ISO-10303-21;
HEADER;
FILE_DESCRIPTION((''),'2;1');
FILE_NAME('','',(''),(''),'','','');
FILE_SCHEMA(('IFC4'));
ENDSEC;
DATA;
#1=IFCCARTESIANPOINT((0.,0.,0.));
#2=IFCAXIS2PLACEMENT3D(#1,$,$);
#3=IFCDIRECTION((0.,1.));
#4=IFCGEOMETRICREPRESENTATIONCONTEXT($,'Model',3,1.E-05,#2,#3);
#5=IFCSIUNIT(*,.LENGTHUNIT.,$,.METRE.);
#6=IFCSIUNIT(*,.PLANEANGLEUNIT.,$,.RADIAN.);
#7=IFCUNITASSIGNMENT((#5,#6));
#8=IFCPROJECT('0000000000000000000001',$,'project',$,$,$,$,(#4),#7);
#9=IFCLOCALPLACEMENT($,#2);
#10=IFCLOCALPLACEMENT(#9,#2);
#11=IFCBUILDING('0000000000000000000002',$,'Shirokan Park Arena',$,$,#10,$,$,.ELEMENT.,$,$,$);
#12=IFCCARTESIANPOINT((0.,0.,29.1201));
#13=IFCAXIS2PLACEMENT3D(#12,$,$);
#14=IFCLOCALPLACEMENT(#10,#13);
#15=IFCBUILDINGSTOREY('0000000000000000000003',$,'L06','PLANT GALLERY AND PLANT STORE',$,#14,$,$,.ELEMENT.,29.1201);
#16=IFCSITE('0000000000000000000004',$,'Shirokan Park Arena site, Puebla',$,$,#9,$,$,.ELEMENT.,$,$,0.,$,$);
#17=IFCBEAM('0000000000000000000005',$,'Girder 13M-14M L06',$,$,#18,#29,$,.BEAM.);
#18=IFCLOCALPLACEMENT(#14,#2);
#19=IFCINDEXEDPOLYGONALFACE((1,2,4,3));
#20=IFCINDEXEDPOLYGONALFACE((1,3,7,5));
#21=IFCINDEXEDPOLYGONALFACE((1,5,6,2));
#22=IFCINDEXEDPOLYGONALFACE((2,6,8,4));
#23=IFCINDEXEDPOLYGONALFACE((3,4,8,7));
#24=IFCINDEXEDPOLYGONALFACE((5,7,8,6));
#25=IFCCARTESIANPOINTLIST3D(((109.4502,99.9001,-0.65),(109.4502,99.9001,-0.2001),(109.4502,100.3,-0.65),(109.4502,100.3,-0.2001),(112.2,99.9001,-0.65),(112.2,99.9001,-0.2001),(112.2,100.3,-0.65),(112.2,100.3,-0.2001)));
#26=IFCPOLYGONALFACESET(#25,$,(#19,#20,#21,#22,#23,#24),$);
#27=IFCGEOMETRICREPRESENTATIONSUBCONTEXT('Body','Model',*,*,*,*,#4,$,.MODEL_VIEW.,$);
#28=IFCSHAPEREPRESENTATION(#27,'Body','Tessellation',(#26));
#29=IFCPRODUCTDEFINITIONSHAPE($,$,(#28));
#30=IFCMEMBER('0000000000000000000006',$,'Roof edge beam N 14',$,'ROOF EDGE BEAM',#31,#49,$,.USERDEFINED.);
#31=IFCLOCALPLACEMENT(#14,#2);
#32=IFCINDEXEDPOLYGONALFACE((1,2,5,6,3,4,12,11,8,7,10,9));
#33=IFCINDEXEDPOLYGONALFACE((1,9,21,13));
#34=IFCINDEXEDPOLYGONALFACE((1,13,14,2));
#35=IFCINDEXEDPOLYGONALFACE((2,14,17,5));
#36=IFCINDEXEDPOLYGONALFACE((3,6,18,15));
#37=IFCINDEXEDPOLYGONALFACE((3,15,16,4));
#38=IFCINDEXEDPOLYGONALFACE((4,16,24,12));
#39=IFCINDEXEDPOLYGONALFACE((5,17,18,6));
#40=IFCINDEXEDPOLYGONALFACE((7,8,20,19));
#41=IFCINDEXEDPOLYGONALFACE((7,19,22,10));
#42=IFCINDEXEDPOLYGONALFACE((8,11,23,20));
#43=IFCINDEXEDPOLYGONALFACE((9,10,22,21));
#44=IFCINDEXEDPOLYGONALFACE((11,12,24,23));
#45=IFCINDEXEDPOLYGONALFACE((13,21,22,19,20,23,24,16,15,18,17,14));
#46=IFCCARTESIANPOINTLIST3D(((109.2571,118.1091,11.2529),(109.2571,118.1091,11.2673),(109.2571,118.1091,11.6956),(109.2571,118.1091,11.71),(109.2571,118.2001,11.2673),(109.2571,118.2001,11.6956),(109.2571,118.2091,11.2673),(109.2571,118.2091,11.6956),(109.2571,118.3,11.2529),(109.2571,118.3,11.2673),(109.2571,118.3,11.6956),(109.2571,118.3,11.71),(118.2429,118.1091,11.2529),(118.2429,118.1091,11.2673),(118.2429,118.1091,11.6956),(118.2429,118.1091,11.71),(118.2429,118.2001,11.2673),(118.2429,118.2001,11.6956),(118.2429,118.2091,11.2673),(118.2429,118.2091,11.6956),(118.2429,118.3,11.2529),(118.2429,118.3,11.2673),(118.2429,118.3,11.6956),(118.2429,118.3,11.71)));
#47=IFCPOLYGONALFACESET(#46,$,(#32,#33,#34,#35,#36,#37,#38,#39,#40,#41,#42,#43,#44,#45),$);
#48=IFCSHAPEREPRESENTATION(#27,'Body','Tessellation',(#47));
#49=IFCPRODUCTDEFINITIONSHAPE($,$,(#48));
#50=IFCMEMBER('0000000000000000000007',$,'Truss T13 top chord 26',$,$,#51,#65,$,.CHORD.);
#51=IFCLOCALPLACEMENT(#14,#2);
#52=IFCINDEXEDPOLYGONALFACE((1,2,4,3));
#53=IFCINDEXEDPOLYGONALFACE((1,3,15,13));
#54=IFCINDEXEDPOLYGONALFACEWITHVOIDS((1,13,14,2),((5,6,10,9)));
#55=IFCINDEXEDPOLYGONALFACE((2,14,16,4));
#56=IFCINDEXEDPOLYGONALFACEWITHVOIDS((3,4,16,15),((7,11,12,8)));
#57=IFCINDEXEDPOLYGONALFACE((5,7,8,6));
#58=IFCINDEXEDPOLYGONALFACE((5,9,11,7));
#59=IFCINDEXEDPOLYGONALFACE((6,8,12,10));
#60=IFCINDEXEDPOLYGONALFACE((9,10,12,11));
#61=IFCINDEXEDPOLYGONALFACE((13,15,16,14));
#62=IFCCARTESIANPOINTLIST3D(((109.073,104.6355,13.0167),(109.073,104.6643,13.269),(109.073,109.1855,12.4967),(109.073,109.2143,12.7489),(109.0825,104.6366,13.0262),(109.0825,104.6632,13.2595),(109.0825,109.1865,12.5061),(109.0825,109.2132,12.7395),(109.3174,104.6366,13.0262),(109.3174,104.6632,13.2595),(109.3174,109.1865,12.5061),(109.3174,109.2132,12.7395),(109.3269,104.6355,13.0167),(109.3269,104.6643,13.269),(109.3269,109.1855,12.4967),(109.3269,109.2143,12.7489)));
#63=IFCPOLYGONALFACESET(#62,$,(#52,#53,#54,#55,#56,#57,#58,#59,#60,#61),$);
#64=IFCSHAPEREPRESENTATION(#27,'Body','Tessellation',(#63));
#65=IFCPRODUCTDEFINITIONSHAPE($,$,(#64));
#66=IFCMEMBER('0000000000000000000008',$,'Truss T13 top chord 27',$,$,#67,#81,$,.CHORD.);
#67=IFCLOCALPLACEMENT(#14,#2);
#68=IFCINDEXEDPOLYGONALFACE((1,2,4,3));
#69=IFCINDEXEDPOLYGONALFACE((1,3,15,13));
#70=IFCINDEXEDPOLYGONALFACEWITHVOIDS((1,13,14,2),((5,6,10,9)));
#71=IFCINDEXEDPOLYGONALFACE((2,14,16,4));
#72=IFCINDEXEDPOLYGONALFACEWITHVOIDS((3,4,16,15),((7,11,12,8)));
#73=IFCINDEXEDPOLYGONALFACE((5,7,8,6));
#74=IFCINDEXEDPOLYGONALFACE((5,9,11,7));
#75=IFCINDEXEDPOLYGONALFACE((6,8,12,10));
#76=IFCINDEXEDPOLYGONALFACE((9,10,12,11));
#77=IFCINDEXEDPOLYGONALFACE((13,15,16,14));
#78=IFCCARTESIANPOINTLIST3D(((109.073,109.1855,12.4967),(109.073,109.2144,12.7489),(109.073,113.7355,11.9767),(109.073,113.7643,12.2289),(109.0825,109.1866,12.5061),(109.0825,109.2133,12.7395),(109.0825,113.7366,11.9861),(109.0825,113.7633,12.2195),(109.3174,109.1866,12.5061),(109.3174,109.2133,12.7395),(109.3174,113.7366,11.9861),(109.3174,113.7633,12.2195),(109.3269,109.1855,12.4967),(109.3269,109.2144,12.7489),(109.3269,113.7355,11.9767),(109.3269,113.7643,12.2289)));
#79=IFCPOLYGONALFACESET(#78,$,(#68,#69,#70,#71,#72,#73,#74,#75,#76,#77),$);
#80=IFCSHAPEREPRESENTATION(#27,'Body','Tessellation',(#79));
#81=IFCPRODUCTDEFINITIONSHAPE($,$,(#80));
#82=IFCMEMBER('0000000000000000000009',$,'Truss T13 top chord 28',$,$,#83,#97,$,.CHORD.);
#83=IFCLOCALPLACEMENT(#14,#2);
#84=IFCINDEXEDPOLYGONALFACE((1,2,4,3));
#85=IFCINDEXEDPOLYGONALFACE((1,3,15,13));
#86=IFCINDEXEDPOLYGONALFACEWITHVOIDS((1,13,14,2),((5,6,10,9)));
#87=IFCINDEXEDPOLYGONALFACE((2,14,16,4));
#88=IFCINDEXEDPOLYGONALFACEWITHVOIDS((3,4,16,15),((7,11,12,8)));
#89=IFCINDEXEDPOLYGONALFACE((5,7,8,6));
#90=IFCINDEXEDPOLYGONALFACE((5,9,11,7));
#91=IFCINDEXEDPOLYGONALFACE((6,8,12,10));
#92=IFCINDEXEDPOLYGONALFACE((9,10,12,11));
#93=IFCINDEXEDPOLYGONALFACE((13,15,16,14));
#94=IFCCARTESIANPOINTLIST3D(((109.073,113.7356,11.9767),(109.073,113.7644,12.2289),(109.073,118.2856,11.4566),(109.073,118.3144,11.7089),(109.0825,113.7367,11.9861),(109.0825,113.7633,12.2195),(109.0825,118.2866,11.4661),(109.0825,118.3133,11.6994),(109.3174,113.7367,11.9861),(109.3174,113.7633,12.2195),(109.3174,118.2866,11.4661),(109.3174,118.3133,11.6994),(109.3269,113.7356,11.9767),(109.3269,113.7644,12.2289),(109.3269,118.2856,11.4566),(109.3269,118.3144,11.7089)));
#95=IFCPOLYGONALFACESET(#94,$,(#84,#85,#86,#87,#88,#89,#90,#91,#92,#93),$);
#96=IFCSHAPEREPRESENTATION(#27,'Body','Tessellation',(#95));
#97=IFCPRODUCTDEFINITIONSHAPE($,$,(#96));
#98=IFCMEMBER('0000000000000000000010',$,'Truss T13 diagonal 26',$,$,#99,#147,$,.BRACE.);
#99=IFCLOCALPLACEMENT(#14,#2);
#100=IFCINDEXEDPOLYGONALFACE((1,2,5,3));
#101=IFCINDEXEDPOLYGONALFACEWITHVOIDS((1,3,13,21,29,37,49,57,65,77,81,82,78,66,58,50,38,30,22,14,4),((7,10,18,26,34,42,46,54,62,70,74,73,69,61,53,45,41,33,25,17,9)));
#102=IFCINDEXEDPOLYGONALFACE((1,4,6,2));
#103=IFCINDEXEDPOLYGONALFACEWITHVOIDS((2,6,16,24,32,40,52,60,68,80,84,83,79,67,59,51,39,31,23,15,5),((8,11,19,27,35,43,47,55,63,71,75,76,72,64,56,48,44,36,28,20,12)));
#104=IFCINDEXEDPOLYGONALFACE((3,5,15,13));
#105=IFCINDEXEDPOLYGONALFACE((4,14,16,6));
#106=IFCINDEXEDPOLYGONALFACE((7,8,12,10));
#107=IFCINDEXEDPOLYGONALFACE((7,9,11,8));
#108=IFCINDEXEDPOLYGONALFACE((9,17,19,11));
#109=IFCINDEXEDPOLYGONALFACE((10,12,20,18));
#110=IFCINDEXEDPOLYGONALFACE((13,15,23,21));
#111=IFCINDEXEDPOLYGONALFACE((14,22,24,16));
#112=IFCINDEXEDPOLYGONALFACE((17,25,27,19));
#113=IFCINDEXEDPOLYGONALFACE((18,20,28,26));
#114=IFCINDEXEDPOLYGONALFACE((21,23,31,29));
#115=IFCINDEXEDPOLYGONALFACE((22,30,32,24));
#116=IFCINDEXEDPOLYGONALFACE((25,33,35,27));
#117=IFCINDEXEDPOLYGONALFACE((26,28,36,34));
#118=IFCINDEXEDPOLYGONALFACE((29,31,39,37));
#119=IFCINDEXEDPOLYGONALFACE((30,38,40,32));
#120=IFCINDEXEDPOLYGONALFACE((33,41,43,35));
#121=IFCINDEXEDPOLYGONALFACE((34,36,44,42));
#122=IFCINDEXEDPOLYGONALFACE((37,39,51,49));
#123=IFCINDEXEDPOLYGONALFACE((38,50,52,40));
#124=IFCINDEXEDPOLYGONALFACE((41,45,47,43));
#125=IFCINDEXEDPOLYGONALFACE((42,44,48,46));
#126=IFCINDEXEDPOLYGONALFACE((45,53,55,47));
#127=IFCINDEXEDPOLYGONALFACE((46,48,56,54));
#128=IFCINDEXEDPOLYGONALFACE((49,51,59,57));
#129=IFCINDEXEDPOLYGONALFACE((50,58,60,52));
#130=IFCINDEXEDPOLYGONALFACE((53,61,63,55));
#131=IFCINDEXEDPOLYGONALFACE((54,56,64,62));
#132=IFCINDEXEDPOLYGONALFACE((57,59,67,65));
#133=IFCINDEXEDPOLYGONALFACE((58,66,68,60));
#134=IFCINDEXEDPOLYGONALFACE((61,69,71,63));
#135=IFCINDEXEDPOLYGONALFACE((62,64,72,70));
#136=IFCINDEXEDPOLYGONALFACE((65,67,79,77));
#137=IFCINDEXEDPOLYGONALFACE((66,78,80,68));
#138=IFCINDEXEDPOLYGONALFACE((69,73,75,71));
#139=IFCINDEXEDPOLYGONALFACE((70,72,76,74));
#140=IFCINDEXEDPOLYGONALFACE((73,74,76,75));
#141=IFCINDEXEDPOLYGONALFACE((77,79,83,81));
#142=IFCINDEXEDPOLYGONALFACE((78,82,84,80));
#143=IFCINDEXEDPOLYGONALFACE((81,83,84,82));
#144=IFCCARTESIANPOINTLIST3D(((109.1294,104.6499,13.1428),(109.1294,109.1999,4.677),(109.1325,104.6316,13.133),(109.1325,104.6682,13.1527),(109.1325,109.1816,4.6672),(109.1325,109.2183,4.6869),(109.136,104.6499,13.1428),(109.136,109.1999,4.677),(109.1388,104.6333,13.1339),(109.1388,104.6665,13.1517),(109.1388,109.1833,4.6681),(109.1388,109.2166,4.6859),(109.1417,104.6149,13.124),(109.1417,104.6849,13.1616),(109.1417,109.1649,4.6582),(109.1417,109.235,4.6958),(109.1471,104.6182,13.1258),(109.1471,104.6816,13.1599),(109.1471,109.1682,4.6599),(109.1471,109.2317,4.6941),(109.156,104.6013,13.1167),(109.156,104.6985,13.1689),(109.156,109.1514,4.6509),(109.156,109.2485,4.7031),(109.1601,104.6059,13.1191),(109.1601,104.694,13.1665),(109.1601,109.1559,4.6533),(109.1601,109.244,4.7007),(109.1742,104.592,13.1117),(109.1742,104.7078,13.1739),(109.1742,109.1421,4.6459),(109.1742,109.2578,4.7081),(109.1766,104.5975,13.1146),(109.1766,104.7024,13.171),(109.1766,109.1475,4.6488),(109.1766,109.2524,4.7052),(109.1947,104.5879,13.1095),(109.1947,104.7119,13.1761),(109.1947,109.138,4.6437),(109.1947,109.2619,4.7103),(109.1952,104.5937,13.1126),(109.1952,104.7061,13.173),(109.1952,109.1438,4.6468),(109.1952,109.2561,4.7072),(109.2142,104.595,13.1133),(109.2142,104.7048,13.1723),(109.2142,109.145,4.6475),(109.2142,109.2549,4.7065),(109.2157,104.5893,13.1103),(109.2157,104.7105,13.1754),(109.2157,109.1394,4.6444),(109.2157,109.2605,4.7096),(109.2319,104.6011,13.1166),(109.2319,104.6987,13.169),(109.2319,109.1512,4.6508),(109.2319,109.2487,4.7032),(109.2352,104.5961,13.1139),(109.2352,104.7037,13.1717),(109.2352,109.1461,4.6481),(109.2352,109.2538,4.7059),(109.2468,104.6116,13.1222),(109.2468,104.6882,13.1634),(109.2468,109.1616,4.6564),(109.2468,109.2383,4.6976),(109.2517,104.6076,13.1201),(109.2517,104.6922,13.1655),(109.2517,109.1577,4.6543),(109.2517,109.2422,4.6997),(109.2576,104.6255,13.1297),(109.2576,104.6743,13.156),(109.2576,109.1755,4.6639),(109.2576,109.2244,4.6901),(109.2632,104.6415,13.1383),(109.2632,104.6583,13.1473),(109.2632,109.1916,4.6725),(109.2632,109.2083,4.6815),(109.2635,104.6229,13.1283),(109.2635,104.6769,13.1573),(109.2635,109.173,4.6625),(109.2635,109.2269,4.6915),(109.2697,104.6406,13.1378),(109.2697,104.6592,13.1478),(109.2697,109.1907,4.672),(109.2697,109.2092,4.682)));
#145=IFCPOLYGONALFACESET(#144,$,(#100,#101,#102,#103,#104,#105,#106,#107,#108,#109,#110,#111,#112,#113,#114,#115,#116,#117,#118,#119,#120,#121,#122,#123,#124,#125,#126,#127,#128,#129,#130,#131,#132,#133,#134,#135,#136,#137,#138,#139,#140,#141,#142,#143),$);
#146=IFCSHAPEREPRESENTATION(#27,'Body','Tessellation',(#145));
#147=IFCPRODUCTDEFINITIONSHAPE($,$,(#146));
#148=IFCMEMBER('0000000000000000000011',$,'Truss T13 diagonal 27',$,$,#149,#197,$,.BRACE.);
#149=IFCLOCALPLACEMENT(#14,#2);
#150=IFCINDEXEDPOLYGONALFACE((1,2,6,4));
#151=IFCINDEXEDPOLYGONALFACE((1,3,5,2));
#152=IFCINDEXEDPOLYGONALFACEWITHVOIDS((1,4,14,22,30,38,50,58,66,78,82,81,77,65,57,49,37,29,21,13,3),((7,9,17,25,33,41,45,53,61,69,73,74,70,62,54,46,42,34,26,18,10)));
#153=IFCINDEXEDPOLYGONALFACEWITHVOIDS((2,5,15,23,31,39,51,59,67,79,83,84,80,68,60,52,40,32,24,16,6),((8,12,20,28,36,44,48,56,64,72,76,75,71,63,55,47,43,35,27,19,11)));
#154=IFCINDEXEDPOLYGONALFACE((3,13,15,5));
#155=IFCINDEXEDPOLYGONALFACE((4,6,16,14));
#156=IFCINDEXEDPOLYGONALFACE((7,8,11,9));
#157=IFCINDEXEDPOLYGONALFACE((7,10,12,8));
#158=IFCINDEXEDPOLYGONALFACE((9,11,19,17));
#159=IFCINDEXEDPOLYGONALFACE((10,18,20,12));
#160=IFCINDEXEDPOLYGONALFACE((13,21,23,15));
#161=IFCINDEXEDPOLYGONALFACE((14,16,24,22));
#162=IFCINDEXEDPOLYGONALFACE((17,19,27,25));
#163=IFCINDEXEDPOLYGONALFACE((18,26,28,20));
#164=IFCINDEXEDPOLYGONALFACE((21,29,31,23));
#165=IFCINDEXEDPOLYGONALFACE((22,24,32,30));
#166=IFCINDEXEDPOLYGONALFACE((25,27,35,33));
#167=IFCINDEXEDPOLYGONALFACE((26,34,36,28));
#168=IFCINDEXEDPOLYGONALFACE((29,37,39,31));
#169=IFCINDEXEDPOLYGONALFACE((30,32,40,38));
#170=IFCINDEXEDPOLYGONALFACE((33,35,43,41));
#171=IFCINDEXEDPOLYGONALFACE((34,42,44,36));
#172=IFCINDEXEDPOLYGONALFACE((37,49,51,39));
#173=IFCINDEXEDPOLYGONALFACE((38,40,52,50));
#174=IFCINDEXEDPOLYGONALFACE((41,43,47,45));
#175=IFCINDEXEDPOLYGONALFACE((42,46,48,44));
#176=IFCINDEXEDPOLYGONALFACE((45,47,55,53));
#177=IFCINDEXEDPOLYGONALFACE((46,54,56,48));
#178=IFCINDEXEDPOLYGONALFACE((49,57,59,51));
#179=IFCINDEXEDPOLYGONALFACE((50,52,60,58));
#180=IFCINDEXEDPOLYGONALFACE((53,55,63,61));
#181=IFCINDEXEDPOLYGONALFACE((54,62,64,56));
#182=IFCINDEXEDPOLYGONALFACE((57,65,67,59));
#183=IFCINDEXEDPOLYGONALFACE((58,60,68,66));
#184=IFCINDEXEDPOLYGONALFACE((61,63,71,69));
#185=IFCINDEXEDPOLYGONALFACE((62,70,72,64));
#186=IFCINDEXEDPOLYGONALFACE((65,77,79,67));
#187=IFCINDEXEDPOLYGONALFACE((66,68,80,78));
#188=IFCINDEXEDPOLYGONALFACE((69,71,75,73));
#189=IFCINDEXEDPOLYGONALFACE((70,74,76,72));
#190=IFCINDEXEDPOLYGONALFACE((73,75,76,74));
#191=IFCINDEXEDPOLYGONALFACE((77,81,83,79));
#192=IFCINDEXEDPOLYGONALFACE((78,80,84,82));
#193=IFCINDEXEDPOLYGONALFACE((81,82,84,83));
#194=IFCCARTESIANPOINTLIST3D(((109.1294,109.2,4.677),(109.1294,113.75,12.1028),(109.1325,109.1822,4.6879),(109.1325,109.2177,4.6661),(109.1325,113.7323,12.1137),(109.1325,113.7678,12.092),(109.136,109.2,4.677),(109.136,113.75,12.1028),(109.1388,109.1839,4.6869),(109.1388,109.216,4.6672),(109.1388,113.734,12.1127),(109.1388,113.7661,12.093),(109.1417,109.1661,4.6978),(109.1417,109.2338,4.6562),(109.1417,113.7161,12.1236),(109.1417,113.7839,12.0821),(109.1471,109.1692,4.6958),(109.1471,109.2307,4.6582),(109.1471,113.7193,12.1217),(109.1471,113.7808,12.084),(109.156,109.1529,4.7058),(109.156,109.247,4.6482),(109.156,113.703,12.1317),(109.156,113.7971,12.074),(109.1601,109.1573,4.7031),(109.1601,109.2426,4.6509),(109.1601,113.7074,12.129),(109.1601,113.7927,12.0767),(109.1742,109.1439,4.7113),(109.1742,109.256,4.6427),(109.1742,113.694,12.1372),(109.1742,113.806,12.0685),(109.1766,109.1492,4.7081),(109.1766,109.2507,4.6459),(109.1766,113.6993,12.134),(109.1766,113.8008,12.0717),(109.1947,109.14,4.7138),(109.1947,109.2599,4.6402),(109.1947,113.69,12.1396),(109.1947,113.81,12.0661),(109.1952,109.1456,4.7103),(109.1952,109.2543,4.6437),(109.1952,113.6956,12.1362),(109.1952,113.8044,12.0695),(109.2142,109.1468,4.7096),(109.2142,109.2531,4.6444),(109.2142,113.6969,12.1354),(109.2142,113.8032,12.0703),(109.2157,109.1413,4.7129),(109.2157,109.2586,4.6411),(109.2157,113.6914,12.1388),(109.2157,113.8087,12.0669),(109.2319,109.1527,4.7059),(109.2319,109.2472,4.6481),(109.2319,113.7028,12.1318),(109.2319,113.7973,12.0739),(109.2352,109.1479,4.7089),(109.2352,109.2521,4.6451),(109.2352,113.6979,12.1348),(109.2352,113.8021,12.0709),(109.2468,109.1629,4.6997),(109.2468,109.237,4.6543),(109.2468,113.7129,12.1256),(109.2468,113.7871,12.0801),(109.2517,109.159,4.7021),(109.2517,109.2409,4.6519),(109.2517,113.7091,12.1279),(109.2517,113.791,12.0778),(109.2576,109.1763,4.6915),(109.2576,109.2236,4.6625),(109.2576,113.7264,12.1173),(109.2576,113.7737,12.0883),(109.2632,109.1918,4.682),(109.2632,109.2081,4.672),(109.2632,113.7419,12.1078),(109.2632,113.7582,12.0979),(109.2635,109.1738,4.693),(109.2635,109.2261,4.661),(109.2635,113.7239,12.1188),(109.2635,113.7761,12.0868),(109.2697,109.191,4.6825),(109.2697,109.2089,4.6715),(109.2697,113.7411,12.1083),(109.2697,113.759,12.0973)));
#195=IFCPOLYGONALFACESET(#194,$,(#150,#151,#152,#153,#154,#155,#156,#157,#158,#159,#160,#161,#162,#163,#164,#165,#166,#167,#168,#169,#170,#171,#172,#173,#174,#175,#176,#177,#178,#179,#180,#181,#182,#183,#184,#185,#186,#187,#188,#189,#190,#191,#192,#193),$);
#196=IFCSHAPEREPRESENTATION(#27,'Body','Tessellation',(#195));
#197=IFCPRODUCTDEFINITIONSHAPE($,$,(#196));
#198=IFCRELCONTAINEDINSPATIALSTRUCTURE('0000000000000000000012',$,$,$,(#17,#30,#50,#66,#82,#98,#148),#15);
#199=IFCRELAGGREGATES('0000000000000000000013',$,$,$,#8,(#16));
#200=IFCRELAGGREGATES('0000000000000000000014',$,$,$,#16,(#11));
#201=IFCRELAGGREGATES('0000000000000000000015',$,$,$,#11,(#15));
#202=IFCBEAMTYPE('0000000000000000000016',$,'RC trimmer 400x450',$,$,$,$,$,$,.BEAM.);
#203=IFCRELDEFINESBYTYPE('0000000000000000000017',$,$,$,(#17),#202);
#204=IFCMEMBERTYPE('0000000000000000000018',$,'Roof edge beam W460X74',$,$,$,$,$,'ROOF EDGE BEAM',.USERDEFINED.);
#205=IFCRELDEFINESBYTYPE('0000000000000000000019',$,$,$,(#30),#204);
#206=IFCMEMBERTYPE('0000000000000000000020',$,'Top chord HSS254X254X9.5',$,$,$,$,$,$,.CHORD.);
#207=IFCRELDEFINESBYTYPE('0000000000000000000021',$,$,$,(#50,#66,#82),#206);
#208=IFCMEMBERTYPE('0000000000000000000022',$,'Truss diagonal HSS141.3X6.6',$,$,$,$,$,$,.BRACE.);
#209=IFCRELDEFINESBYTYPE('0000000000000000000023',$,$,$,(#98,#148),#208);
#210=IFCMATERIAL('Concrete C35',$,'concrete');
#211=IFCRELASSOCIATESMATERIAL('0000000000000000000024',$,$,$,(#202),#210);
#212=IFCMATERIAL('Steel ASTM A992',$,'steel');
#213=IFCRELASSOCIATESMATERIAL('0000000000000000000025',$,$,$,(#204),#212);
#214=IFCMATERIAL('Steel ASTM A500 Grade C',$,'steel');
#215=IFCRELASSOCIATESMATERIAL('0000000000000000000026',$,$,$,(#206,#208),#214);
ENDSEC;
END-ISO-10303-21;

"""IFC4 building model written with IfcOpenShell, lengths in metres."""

from ifc_helpers import new_model, si_unit, direction, frame, origin, origin_2d, place, context, subcontext, project, spatial, rectangle, hollow_rectangle, hollow_circle, i_section, extrude, material, material_profile, profile_set, type_object, element, save


model = new_model("IFC4")

# Units and contexts
model_context = context("Model", 3, precision=1e-05, world=origin(), true_north=direction((0.0, 1.0)))
body_context = subcontext(model_context, "Body", "Model", "MODEL_VIEW")
ifc_project = project(units=[si_unit("LENGTHUNIT", "METRE"), si_unit("PLANEANGLEUNIT", "RADIAN")], contexts=[model_context])

# Site, building, storey
site_placement = place(None, origin())
site = spatial("IfcSite", under=ifc_project, at=site_placement, Name="Shirokan Park Arena site, Puebla", CompositionType="ELEMENT", RefElevation=0.0)
building_placement = place(site_placement, origin())
building = spatial("IfcBuilding", under=site, at=building_placement, Name="Shirokan Park Arena", CompositionType="ELEMENT")
storey_placement = place(building_placement, frame((0.0, 0.0, 29.1201)))
storey = spatial("IfcBuildingStorey", under=building, at=storey_placement, Name="L06", Description="PLANT GALLERY AND PLANT STORE", CompositionType="ELEMENT", Elevation=29.1201)

# Shared definitions
ifc_material_1 = material(Name="Concrete C35", Category="concrete")

# Shared definitions
ifc_material_2 = material(Name="Steel ASTM A500 Grade C", Category="steel")
ifc_material_3 = material(Name="Steel ASTM A992", Category="steel")

# Beam
ifc_material_profile_1 = material_profile(ifc_material_1, rectangle(XDim=0.3999, YDim=0.45, at=origin_2d()), Name="400x450")
ifc_profile_set_1 = profile_set([ifc_material_profile_1], Name="Concrete C35")
beam_type_1 = type_object("IfcBeamType", Name="RC trimmer 400x450", PredefinedType="BEAM", material=ifc_profile_set_1)
beam_1_placement = place(storey_placement, frame((109.4502, 100.1001, -0.425), z_axis=(1.0, 0.0, 0.0), x_axis=(0.0, 1.0, 0.0)))
element("IfcBeam", 1, at=beam_1_placement, inside=storey, type_object=beam_type_1, Name="Girder 13M-14M L06", PredefinedType="BEAM", context=body_context, shape_type="SweptSolid", body=[
    extrude(rectangle(XDim=0.3999, YDim=0.45, at=origin_2d()), origin(), (0.0, 0.0, 1.0), 2.7498),
])

# Members
ifc_material_profile_2 = material_profile(ifc_material_3, i_section(OverallWidth=0.1909, OverallDepth=0.457, WebThickness=0.009, FlangeThickness=0.0144, at=origin_2d()), Name="W460X74")
ifc_profile_set_2 = profile_set([ifc_material_profile_2], Name="Steel ASTM A992")
member_type_1 = type_object("IfcMemberType", Name="Roof edge beam W460X74", ElementType="ROOF EDGE BEAM", PredefinedType="USERDEFINED", material=ifc_profile_set_2)
member_1_placement = place(storey_placement, frame((109.2571, 118.2046, 11.4814), z_axis=(1.0, 0.0, 0.0), x_axis=(0.0, 1.0, 0.0)))
element("IfcMember", 2, at=member_1_placement, inside=storey, type_object=member_type_1, Name="Roof edge beam N 14", ObjectType="ROOF EDGE BEAM", PredefinedType="USERDEFINED", context=body_context, shape_type="SweptSolid", body=[
    extrude(i_section(OverallWidth=0.1909, OverallDepth=0.457, WebThickness=0.009, FlangeThickness=0.0144, at=origin_2d()), origin(), (0.0, 0.0, 1.0), 8.9858),
])
ifc_material_profile_3 = material_profile(ifc_material_2, hollow_rectangle(XDim=0.2539, YDim=0.2539, WallThickness=0.0095, at=origin_2d()), Name="HSS254X254X9.5")
ifc_profile_set_3 = profile_set([ifc_material_profile_3], Name="Steel ASTM A500 Grade C")
member_type_2 = type_object("IfcMemberType", Name="Top chord HSS254X254X9.5", PredefinedType="CHORD", material=ifc_profile_set_3)
for number, where, z_axis, x_axis, name in (
    (3, (109.2, 104.6499, 13.1428), (0.0, 0.993532, -0.11355), (-1.0, 0.0, 0.0), "Truss T13 top chord 26"),
    (4, (109.2, 109.2, 12.6228), (0.0, 0.993532, -0.11355), (-1.0, 0.0, 0.0), "Truss T13 top chord 27"),
    (5, (109.2, 113.75, 12.1028), (0.0, 0.993532, -0.11355), (-1.0, 0.0, 0.0), "Truss T13 top chord 28"),
):
    element("IfcMember", number, at=place(storey_placement, frame(where, z_axis=z_axis, x_axis=x_axis)), inside=storey, type_object=member_type_2, Name=name, PredefinedType="CHORD", context=body_context, shape_type="SweptSolid", body=[
        extrude(hollow_rectangle(XDim=0.2539, YDim=0.2539, WallThickness=0.0095, at=origin_2d()), origin(), (0.0, 0.0, 1.0), 4.5796),
    ])
ifc_material_profile_4 = material_profile(ifc_material_2, hollow_circle(Radius=0.0706, WallThickness=0.0066, at=origin_2d()), Name="HSS141.3X6.6")
ifc_profile_set_4 = profile_set([ifc_material_profile_4], Name="Steel ASTM A500 Grade C")
member_type_3 = type_object("IfcMemberType", Name="Truss diagonal HSS141.3X6.6", PredefinedType="BRACE", material=ifc_profile_set_4)
member_2_placement = place(storey_placement, frame((109.2, 104.6499, 13.1428), z_axis=(0.0, 0.473417, -0.880839), x_axis=(-1.0, 0.0, 0.0)))
element("IfcMember", 6, at=member_2_placement, inside=storey, type_object=member_type_3, Name="Truss T13 diagonal 26", PredefinedType="BRACE", context=body_context, shape_type="SweptSolid", body=[
    extrude(hollow_circle(Radius=0.0706, WallThickness=0.0066, at=origin_2d()), origin(), (0.0, 0.0, 1.0), 9.6111),
])
member_3_placement = place(storey_placement, frame((109.2, 109.2, 4.677), z_axis=(0.0, 0.522459, 0.852665), x_axis=(-1.0, 0.0, 0.0)))
element("IfcMember", 7, at=member_3_placement, inside=storey, type_object=member_type_3, Name="Truss T13 diagonal 27", PredefinedType="BRACE", context=body_context, shape_type="SweptSolid", body=[
    extrude(hollow_circle(Radius=0.0706, WallThickness=0.0066, at=origin_2d()), origin(), (0.0, 0.0, 1.0), 8.709),
])

save(model, "model.ifc")
